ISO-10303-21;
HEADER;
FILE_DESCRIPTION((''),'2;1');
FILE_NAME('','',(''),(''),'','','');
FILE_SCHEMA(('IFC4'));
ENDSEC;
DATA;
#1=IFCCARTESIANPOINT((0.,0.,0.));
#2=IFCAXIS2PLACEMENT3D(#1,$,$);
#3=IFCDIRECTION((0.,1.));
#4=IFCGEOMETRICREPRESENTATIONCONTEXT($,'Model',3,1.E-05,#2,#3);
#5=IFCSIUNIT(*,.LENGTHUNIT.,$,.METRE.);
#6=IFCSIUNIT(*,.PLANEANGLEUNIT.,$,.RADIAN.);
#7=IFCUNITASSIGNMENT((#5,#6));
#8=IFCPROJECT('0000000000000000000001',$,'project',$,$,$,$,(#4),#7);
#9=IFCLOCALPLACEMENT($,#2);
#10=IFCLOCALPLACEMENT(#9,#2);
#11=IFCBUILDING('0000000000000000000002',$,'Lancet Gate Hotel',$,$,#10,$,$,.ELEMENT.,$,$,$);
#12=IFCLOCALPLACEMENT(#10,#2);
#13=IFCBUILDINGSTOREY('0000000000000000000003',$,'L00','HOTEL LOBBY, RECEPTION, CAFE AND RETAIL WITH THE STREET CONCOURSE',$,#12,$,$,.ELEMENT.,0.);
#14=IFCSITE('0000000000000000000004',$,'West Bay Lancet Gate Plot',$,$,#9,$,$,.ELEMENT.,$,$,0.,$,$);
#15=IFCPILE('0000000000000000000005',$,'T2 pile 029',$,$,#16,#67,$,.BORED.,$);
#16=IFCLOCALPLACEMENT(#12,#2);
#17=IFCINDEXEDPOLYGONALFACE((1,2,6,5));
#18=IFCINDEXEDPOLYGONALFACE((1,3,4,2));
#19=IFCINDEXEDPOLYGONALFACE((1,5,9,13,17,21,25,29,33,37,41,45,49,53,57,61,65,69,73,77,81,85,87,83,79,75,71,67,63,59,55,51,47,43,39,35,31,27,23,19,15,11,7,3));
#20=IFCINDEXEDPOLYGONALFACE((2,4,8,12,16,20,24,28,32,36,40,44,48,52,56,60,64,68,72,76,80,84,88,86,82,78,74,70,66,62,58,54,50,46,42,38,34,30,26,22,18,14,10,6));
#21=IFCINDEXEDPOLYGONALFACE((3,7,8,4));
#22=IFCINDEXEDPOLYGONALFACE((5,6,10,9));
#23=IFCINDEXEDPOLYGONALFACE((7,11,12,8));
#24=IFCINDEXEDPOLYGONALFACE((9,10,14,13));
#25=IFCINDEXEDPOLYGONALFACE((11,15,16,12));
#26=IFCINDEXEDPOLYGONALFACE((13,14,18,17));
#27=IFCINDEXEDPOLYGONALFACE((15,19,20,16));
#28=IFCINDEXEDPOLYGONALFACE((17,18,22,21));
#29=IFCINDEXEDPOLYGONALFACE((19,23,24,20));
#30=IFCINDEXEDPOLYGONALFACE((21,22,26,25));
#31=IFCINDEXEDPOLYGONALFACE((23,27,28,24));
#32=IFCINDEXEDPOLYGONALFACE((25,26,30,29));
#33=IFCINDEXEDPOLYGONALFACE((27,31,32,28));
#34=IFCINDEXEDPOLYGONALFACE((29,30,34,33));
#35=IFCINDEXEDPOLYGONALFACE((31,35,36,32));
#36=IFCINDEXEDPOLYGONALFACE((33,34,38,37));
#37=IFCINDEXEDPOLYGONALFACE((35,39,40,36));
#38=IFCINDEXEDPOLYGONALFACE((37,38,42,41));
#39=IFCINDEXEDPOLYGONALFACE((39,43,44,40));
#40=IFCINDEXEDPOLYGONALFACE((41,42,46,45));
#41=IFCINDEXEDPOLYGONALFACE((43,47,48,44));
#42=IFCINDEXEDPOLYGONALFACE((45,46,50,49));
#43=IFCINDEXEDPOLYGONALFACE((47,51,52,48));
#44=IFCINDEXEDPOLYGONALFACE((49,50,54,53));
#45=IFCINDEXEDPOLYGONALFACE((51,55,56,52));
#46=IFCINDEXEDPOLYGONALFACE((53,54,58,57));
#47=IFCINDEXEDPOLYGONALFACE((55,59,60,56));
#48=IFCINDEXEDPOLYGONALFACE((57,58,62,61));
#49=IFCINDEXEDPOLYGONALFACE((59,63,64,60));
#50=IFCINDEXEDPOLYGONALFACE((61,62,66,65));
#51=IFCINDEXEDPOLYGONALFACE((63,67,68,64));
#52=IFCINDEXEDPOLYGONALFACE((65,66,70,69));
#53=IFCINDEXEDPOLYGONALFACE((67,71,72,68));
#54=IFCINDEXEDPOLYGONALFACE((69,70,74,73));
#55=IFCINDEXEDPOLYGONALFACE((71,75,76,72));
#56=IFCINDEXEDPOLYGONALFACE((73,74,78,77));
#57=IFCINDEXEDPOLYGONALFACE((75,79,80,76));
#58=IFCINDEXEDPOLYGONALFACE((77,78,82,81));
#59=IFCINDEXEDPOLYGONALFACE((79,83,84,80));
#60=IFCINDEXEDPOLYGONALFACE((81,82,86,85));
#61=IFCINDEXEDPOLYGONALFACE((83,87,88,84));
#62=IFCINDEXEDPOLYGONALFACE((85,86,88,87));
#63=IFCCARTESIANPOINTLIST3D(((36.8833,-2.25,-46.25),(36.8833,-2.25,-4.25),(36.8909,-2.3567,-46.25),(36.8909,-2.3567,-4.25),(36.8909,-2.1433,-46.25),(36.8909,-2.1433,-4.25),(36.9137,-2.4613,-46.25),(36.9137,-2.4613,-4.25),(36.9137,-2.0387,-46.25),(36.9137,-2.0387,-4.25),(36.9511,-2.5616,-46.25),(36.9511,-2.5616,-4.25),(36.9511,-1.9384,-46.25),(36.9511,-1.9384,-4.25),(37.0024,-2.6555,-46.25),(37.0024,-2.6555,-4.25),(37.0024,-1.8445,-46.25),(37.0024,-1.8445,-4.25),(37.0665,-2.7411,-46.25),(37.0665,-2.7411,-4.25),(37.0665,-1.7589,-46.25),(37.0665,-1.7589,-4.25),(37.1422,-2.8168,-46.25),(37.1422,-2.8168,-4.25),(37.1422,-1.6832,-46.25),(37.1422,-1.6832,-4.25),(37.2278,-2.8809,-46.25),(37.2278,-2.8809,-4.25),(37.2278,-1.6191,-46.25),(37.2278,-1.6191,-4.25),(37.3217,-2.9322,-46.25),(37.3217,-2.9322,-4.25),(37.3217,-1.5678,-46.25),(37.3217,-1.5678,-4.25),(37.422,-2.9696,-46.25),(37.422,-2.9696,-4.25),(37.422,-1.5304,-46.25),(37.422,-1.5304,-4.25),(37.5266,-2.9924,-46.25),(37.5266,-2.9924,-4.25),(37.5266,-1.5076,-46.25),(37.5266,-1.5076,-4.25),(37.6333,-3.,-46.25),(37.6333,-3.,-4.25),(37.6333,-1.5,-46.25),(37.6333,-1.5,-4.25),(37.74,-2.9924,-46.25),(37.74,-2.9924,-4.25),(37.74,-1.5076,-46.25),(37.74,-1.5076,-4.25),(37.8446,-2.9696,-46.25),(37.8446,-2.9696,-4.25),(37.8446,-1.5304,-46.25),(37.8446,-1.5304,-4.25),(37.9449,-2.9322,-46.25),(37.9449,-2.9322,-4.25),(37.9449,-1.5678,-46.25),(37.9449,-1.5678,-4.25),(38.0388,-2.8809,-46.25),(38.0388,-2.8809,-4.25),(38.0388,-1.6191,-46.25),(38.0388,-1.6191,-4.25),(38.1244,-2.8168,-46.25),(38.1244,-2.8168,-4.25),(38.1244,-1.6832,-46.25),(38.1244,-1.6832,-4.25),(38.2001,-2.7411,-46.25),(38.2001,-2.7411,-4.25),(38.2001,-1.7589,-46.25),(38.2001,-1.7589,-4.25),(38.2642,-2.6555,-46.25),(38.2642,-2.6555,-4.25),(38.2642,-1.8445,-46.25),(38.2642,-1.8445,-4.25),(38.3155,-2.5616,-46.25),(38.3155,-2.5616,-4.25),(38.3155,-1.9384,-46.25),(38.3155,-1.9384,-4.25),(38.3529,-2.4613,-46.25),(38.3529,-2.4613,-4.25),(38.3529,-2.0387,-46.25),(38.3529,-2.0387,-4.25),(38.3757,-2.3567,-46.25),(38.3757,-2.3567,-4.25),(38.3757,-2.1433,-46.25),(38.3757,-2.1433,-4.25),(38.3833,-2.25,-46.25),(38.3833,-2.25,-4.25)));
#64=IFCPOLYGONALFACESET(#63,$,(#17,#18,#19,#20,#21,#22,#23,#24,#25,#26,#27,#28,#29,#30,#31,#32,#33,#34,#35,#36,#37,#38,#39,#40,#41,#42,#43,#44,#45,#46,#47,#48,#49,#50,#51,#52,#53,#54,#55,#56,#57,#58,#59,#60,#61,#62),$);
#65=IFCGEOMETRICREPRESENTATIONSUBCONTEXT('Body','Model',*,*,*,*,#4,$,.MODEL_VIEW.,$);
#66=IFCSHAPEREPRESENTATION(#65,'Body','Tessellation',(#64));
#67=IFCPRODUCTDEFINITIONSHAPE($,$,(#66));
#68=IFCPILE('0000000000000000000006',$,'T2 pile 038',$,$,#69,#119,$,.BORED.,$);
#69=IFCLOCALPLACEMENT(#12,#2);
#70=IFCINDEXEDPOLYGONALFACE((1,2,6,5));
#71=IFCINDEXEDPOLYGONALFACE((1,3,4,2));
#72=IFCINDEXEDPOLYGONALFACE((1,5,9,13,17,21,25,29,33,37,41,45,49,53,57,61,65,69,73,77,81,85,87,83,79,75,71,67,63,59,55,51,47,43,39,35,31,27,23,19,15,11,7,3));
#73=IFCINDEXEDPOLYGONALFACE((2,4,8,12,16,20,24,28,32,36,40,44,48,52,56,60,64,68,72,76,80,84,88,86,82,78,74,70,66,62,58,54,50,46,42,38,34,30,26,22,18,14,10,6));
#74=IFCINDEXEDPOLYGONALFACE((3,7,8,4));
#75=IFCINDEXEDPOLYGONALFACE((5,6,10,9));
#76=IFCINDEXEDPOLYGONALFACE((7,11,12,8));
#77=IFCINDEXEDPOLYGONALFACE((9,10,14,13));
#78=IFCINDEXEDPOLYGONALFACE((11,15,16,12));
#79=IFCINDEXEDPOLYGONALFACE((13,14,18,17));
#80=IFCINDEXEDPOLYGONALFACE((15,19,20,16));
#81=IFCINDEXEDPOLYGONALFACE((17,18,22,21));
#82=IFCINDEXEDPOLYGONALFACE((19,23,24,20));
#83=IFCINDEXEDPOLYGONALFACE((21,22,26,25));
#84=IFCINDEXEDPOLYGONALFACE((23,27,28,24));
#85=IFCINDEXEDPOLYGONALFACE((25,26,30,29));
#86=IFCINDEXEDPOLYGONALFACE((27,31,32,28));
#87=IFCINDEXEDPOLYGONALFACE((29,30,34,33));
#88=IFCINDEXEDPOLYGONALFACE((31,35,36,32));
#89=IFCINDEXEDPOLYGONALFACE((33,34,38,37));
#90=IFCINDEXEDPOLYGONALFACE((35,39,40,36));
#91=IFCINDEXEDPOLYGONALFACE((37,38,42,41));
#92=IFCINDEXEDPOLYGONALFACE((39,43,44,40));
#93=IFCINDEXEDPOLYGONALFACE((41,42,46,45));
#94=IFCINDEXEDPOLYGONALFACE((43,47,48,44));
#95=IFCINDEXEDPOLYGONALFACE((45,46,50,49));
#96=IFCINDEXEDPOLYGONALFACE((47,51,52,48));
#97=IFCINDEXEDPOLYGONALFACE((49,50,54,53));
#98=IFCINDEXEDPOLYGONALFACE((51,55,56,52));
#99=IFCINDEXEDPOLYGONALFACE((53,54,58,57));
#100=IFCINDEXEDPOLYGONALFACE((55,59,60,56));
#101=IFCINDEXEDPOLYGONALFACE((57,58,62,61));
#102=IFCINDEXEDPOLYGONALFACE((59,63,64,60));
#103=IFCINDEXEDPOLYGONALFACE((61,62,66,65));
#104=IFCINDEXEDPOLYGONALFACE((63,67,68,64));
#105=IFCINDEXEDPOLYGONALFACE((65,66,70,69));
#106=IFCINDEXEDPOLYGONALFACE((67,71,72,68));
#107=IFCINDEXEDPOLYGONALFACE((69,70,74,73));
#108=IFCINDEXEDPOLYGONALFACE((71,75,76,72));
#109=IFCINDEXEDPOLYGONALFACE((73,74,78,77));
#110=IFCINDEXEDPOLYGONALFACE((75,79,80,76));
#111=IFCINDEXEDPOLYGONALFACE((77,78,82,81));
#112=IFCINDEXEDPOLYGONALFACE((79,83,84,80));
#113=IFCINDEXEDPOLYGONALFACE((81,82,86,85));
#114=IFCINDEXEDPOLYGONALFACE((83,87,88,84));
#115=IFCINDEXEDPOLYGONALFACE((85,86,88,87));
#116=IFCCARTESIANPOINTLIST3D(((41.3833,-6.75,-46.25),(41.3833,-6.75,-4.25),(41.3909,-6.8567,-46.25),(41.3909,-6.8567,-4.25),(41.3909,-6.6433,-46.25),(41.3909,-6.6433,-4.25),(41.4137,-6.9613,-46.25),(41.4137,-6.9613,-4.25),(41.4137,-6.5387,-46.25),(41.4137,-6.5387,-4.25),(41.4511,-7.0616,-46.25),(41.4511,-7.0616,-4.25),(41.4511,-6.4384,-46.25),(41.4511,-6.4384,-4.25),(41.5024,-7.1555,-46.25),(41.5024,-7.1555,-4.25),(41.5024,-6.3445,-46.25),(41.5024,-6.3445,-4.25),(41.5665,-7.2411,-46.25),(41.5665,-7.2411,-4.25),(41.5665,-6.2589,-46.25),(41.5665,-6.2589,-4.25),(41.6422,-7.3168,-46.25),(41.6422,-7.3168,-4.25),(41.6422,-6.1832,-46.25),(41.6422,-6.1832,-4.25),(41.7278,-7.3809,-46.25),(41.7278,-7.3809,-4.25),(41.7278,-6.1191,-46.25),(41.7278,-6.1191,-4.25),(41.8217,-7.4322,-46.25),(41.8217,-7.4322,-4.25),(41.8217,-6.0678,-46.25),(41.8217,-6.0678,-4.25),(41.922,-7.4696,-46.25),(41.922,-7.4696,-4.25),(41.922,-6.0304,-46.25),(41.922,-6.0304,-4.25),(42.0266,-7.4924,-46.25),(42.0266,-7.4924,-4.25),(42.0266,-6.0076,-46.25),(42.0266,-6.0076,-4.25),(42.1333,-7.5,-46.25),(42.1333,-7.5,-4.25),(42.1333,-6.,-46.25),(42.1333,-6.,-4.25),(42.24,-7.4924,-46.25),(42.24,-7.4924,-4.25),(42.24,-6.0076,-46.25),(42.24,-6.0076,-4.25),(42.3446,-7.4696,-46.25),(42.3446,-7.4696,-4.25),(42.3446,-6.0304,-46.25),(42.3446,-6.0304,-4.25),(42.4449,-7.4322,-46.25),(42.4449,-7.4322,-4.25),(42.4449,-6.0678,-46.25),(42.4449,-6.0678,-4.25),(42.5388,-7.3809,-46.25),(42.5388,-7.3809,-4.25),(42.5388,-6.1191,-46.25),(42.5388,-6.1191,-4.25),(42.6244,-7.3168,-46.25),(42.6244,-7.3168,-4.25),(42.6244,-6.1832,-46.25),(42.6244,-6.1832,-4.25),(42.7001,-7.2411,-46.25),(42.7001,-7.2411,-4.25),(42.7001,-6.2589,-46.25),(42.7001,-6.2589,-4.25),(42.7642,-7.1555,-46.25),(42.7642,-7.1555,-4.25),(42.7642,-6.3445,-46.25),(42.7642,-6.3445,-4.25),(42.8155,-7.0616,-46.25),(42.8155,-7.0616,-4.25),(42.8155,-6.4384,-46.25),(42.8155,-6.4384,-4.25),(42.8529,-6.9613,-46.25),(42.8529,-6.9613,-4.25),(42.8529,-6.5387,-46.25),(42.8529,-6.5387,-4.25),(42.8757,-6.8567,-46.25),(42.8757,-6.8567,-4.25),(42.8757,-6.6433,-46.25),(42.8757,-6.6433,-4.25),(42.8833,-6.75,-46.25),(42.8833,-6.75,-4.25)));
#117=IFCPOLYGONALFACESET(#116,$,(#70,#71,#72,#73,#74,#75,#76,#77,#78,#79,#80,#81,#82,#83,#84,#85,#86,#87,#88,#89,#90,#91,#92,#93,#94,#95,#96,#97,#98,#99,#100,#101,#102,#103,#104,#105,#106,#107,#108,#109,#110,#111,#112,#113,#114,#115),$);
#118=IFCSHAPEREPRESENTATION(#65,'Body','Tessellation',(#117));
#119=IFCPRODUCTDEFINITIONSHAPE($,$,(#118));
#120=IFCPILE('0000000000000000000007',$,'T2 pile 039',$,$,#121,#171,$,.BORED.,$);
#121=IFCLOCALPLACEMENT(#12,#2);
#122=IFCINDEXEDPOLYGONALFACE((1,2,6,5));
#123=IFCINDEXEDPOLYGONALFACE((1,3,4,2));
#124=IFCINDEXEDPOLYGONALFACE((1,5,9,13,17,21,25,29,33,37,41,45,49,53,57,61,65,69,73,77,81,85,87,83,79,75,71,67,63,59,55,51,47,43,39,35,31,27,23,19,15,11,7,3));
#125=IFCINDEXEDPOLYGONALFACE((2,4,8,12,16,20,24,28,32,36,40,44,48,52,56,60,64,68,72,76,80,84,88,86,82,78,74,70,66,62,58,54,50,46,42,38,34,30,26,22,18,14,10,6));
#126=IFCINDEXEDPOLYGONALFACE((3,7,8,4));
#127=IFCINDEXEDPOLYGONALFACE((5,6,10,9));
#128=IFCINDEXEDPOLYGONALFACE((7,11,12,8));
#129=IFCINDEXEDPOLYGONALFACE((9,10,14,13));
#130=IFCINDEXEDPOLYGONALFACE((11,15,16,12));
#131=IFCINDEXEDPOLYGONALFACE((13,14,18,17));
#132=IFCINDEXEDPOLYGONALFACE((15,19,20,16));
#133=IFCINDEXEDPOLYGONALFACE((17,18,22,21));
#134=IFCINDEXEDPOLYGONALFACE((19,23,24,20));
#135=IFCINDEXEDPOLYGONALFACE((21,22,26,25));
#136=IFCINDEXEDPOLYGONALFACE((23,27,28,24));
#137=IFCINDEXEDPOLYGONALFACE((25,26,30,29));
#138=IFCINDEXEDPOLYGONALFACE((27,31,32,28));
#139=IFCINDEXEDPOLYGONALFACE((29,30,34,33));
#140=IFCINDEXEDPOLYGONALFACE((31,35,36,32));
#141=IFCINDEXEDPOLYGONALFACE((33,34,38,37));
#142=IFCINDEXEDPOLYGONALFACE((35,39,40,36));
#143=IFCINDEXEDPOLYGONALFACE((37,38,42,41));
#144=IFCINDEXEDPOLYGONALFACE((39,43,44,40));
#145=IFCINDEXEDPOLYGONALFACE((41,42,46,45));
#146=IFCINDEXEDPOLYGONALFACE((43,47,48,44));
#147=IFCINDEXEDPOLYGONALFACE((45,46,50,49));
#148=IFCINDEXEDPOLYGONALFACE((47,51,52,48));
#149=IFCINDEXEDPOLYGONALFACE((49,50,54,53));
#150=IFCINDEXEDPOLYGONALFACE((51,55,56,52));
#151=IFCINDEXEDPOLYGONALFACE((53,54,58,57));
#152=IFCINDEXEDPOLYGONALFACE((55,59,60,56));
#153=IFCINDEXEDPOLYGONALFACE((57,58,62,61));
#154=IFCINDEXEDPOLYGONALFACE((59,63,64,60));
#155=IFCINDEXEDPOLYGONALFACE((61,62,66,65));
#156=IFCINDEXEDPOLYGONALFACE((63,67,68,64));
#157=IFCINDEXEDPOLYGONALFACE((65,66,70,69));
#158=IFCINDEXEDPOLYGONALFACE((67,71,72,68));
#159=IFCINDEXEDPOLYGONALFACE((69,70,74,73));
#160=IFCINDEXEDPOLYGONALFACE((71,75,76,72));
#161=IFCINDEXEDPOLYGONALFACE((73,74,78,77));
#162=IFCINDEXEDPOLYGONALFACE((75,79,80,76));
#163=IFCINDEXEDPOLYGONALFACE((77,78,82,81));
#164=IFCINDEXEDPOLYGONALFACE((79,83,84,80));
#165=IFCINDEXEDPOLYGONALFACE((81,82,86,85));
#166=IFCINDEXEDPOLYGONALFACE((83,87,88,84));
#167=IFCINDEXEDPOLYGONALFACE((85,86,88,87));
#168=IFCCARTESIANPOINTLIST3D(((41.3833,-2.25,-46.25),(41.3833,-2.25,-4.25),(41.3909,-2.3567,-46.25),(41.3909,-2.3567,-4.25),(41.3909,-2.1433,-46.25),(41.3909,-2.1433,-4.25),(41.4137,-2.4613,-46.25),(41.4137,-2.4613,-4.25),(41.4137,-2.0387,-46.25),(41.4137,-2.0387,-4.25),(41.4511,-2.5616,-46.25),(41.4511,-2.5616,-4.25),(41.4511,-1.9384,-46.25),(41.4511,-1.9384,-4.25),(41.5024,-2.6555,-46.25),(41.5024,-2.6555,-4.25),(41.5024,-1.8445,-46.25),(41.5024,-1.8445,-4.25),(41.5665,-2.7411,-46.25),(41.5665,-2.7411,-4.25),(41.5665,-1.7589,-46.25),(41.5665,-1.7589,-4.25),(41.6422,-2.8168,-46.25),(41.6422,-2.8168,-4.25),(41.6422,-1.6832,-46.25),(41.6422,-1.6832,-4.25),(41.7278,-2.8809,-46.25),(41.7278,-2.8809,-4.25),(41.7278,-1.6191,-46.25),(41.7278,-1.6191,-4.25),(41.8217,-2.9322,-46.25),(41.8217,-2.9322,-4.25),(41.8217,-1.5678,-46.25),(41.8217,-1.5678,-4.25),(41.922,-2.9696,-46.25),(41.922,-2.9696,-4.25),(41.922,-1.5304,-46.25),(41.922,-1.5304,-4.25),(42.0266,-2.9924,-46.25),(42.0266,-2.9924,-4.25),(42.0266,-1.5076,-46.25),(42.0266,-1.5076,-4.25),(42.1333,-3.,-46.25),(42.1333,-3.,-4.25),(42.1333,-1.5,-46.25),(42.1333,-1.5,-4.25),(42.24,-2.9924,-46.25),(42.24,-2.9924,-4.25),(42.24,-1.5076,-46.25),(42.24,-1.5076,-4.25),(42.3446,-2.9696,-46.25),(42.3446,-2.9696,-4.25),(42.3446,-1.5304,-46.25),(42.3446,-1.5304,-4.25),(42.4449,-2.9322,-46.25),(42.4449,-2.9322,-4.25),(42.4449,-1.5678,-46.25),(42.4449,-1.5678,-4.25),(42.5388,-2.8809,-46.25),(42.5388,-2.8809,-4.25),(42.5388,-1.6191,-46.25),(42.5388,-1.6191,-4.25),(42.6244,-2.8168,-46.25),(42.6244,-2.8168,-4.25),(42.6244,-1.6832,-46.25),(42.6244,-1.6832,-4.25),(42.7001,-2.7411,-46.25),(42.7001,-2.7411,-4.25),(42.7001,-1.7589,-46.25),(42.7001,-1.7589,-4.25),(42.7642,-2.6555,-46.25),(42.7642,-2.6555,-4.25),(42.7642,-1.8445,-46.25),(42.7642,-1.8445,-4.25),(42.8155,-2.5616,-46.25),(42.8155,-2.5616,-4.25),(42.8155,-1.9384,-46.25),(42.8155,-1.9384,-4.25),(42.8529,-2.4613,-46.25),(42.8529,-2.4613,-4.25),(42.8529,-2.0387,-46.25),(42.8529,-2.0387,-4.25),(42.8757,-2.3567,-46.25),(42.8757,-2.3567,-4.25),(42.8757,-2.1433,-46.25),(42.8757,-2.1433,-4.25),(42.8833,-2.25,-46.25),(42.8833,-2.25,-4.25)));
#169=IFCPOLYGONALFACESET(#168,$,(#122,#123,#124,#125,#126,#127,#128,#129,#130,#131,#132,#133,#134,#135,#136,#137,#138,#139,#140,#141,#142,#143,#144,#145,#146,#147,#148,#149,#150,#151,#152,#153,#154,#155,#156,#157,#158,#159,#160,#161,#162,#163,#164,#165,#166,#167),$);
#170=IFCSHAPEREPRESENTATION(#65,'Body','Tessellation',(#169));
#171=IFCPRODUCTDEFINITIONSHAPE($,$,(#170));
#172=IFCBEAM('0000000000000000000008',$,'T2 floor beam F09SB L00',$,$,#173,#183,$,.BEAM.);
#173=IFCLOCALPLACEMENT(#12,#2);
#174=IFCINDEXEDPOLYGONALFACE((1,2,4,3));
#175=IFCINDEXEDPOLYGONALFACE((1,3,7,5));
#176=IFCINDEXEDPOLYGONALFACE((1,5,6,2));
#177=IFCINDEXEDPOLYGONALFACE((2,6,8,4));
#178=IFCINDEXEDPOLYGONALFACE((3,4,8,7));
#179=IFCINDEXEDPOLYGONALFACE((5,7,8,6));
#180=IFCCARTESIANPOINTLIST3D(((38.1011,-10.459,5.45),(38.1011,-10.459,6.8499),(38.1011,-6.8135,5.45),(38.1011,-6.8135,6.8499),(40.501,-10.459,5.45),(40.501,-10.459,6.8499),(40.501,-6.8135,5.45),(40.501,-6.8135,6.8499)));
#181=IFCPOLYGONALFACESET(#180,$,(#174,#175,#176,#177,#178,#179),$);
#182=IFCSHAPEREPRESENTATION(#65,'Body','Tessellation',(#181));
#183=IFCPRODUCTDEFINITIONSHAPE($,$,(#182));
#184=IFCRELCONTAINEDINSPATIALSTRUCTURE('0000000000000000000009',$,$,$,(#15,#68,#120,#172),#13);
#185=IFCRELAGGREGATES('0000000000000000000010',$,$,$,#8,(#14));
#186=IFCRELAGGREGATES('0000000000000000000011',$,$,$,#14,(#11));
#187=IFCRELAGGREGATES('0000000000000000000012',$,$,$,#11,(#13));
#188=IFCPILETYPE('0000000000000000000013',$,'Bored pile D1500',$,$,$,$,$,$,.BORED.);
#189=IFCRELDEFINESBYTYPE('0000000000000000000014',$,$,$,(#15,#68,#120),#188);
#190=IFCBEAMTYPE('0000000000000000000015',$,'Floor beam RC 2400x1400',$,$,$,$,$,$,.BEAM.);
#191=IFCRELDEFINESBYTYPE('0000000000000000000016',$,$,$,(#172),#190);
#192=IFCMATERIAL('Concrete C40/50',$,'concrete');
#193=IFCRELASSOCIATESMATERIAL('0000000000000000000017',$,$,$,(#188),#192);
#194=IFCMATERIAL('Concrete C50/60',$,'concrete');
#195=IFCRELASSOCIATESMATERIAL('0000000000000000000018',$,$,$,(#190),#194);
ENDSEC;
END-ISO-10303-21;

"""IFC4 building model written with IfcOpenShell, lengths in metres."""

from ifc_helpers import new_model, si_unit, direction, frame, origin, origin_2d, place, context, subcontext, project, spatial, rectangle, circle, extrude, material, material_profile, profile_set, type_object, element, save


model = new_model("IFC4")

# Units and contexts
model_context = context("Model", 3, precision=1e-05, world=origin(), true_north=direction((0.0, 1.0)))
body_context = subcontext(model_context, "Body", "Model", "MODEL_VIEW")
ifc_project = project(units=[si_unit("LENGTHUNIT", "METRE"), si_unit("PLANEANGLEUNIT", "RADIAN")], contexts=[model_context])

# Site, building, storey
site_placement = place(None, origin())
site = spatial("IfcSite", under=ifc_project, at=site_placement, Name="West Bay Lancet Gate Plot", CompositionType="ELEMENT", RefElevation=0.0)
building_placement = place(site_placement, origin())
building = spatial("IfcBuilding", under=site, at=building_placement, Name="Lancet Gate Hotel", CompositionType="ELEMENT")
storey_placement = place(building_placement, origin())
storey = spatial("IfcBuildingStorey", under=building, at=storey_placement, Name="L00", Description="HOTEL LOBBY, RECEPTION, CAFE AND RETAIL WITH THE STREET CONCOURSE", CompositionType="ELEMENT", Elevation=0.0)

# Piles
ifc_material_1 = material(Name="Concrete C40/50", Category="concrete")
ifc_material_profile_1 = material_profile(ifc_material_1, circle(Radius=0.75, at=origin_2d()), Name="PILE D1500")
ifc_profile_set_1 = profile_set([ifc_material_profile_1], Name="Concrete C40/50")
pile_type = type_object("IfcPileType", Name="Bored pile D1500", PredefinedType="BORED", material=ifc_profile_set_1)
for number, where, z_axis, x_axis, name in (
    (1, (37.6333, -2.25, -4.25), (0.0, 0.0, -1.0), (1.0, 0.0, 0.0), "T2 pile 029"),
    (2, (42.1333, -6.75, -4.25), (0.0, 0.0, -1.0), (1.0, 0.0, 0.0), "T2 pile 038"),
    (3, (42.1333, -2.25, -4.25), (0.0, 0.0, -1.0), (1.0, 0.0, 0.0), "T2 pile 039"),
):
    element("IfcPile", number, at=place(storey_placement, frame(where, z_axis=z_axis, x_axis=x_axis)), inside=storey, type_object=pile_type, Name=name, PredefinedType="BORED", context=body_context, shape_type="SweptSolid", body=[
        extrude(circle(Radius=0.75, at=origin_2d()), origin(), (0.0, 0.0, 1.0), 42.0),
    ])

# Beam
ifc_material_2 = material(Name="Concrete C50/60", Category="concrete")
ifc_material_profile_2 = material_profile(ifc_material_2, rectangle(XDim=2.3999, YDim=1.3999, at=origin_2d()), Name="RC 2400x1400")
ifc_profile_set_2 = profile_set([ifc_material_profile_2], Name="Concrete C50/60")
beam_type = type_object("IfcBeamType", Name="Floor beam RC 2400x1400", PredefinedType="BEAM", material=ifc_profile_set_2)
beam_placement = place(storey_placement, frame((39.301, -10.459, 6.1499), z_axis=(0.0, 1.0, 0.0), x_axis=(-1.0, 0.0, 0.0)))
element("IfcBeam", 4, at=beam_placement, inside=storey, type_object=beam_type, Name="T2 floor beam F09SB L00", PredefinedType="BEAM", context=body_context, shape_type="SweptSolid", body=[
    extrude(rectangle(XDim=2.3999, YDim=1.3999, at=origin_2d()), origin(), (0.0, 0.0, 1.0), 3.6455),
])

save(model, "model.ifc")
